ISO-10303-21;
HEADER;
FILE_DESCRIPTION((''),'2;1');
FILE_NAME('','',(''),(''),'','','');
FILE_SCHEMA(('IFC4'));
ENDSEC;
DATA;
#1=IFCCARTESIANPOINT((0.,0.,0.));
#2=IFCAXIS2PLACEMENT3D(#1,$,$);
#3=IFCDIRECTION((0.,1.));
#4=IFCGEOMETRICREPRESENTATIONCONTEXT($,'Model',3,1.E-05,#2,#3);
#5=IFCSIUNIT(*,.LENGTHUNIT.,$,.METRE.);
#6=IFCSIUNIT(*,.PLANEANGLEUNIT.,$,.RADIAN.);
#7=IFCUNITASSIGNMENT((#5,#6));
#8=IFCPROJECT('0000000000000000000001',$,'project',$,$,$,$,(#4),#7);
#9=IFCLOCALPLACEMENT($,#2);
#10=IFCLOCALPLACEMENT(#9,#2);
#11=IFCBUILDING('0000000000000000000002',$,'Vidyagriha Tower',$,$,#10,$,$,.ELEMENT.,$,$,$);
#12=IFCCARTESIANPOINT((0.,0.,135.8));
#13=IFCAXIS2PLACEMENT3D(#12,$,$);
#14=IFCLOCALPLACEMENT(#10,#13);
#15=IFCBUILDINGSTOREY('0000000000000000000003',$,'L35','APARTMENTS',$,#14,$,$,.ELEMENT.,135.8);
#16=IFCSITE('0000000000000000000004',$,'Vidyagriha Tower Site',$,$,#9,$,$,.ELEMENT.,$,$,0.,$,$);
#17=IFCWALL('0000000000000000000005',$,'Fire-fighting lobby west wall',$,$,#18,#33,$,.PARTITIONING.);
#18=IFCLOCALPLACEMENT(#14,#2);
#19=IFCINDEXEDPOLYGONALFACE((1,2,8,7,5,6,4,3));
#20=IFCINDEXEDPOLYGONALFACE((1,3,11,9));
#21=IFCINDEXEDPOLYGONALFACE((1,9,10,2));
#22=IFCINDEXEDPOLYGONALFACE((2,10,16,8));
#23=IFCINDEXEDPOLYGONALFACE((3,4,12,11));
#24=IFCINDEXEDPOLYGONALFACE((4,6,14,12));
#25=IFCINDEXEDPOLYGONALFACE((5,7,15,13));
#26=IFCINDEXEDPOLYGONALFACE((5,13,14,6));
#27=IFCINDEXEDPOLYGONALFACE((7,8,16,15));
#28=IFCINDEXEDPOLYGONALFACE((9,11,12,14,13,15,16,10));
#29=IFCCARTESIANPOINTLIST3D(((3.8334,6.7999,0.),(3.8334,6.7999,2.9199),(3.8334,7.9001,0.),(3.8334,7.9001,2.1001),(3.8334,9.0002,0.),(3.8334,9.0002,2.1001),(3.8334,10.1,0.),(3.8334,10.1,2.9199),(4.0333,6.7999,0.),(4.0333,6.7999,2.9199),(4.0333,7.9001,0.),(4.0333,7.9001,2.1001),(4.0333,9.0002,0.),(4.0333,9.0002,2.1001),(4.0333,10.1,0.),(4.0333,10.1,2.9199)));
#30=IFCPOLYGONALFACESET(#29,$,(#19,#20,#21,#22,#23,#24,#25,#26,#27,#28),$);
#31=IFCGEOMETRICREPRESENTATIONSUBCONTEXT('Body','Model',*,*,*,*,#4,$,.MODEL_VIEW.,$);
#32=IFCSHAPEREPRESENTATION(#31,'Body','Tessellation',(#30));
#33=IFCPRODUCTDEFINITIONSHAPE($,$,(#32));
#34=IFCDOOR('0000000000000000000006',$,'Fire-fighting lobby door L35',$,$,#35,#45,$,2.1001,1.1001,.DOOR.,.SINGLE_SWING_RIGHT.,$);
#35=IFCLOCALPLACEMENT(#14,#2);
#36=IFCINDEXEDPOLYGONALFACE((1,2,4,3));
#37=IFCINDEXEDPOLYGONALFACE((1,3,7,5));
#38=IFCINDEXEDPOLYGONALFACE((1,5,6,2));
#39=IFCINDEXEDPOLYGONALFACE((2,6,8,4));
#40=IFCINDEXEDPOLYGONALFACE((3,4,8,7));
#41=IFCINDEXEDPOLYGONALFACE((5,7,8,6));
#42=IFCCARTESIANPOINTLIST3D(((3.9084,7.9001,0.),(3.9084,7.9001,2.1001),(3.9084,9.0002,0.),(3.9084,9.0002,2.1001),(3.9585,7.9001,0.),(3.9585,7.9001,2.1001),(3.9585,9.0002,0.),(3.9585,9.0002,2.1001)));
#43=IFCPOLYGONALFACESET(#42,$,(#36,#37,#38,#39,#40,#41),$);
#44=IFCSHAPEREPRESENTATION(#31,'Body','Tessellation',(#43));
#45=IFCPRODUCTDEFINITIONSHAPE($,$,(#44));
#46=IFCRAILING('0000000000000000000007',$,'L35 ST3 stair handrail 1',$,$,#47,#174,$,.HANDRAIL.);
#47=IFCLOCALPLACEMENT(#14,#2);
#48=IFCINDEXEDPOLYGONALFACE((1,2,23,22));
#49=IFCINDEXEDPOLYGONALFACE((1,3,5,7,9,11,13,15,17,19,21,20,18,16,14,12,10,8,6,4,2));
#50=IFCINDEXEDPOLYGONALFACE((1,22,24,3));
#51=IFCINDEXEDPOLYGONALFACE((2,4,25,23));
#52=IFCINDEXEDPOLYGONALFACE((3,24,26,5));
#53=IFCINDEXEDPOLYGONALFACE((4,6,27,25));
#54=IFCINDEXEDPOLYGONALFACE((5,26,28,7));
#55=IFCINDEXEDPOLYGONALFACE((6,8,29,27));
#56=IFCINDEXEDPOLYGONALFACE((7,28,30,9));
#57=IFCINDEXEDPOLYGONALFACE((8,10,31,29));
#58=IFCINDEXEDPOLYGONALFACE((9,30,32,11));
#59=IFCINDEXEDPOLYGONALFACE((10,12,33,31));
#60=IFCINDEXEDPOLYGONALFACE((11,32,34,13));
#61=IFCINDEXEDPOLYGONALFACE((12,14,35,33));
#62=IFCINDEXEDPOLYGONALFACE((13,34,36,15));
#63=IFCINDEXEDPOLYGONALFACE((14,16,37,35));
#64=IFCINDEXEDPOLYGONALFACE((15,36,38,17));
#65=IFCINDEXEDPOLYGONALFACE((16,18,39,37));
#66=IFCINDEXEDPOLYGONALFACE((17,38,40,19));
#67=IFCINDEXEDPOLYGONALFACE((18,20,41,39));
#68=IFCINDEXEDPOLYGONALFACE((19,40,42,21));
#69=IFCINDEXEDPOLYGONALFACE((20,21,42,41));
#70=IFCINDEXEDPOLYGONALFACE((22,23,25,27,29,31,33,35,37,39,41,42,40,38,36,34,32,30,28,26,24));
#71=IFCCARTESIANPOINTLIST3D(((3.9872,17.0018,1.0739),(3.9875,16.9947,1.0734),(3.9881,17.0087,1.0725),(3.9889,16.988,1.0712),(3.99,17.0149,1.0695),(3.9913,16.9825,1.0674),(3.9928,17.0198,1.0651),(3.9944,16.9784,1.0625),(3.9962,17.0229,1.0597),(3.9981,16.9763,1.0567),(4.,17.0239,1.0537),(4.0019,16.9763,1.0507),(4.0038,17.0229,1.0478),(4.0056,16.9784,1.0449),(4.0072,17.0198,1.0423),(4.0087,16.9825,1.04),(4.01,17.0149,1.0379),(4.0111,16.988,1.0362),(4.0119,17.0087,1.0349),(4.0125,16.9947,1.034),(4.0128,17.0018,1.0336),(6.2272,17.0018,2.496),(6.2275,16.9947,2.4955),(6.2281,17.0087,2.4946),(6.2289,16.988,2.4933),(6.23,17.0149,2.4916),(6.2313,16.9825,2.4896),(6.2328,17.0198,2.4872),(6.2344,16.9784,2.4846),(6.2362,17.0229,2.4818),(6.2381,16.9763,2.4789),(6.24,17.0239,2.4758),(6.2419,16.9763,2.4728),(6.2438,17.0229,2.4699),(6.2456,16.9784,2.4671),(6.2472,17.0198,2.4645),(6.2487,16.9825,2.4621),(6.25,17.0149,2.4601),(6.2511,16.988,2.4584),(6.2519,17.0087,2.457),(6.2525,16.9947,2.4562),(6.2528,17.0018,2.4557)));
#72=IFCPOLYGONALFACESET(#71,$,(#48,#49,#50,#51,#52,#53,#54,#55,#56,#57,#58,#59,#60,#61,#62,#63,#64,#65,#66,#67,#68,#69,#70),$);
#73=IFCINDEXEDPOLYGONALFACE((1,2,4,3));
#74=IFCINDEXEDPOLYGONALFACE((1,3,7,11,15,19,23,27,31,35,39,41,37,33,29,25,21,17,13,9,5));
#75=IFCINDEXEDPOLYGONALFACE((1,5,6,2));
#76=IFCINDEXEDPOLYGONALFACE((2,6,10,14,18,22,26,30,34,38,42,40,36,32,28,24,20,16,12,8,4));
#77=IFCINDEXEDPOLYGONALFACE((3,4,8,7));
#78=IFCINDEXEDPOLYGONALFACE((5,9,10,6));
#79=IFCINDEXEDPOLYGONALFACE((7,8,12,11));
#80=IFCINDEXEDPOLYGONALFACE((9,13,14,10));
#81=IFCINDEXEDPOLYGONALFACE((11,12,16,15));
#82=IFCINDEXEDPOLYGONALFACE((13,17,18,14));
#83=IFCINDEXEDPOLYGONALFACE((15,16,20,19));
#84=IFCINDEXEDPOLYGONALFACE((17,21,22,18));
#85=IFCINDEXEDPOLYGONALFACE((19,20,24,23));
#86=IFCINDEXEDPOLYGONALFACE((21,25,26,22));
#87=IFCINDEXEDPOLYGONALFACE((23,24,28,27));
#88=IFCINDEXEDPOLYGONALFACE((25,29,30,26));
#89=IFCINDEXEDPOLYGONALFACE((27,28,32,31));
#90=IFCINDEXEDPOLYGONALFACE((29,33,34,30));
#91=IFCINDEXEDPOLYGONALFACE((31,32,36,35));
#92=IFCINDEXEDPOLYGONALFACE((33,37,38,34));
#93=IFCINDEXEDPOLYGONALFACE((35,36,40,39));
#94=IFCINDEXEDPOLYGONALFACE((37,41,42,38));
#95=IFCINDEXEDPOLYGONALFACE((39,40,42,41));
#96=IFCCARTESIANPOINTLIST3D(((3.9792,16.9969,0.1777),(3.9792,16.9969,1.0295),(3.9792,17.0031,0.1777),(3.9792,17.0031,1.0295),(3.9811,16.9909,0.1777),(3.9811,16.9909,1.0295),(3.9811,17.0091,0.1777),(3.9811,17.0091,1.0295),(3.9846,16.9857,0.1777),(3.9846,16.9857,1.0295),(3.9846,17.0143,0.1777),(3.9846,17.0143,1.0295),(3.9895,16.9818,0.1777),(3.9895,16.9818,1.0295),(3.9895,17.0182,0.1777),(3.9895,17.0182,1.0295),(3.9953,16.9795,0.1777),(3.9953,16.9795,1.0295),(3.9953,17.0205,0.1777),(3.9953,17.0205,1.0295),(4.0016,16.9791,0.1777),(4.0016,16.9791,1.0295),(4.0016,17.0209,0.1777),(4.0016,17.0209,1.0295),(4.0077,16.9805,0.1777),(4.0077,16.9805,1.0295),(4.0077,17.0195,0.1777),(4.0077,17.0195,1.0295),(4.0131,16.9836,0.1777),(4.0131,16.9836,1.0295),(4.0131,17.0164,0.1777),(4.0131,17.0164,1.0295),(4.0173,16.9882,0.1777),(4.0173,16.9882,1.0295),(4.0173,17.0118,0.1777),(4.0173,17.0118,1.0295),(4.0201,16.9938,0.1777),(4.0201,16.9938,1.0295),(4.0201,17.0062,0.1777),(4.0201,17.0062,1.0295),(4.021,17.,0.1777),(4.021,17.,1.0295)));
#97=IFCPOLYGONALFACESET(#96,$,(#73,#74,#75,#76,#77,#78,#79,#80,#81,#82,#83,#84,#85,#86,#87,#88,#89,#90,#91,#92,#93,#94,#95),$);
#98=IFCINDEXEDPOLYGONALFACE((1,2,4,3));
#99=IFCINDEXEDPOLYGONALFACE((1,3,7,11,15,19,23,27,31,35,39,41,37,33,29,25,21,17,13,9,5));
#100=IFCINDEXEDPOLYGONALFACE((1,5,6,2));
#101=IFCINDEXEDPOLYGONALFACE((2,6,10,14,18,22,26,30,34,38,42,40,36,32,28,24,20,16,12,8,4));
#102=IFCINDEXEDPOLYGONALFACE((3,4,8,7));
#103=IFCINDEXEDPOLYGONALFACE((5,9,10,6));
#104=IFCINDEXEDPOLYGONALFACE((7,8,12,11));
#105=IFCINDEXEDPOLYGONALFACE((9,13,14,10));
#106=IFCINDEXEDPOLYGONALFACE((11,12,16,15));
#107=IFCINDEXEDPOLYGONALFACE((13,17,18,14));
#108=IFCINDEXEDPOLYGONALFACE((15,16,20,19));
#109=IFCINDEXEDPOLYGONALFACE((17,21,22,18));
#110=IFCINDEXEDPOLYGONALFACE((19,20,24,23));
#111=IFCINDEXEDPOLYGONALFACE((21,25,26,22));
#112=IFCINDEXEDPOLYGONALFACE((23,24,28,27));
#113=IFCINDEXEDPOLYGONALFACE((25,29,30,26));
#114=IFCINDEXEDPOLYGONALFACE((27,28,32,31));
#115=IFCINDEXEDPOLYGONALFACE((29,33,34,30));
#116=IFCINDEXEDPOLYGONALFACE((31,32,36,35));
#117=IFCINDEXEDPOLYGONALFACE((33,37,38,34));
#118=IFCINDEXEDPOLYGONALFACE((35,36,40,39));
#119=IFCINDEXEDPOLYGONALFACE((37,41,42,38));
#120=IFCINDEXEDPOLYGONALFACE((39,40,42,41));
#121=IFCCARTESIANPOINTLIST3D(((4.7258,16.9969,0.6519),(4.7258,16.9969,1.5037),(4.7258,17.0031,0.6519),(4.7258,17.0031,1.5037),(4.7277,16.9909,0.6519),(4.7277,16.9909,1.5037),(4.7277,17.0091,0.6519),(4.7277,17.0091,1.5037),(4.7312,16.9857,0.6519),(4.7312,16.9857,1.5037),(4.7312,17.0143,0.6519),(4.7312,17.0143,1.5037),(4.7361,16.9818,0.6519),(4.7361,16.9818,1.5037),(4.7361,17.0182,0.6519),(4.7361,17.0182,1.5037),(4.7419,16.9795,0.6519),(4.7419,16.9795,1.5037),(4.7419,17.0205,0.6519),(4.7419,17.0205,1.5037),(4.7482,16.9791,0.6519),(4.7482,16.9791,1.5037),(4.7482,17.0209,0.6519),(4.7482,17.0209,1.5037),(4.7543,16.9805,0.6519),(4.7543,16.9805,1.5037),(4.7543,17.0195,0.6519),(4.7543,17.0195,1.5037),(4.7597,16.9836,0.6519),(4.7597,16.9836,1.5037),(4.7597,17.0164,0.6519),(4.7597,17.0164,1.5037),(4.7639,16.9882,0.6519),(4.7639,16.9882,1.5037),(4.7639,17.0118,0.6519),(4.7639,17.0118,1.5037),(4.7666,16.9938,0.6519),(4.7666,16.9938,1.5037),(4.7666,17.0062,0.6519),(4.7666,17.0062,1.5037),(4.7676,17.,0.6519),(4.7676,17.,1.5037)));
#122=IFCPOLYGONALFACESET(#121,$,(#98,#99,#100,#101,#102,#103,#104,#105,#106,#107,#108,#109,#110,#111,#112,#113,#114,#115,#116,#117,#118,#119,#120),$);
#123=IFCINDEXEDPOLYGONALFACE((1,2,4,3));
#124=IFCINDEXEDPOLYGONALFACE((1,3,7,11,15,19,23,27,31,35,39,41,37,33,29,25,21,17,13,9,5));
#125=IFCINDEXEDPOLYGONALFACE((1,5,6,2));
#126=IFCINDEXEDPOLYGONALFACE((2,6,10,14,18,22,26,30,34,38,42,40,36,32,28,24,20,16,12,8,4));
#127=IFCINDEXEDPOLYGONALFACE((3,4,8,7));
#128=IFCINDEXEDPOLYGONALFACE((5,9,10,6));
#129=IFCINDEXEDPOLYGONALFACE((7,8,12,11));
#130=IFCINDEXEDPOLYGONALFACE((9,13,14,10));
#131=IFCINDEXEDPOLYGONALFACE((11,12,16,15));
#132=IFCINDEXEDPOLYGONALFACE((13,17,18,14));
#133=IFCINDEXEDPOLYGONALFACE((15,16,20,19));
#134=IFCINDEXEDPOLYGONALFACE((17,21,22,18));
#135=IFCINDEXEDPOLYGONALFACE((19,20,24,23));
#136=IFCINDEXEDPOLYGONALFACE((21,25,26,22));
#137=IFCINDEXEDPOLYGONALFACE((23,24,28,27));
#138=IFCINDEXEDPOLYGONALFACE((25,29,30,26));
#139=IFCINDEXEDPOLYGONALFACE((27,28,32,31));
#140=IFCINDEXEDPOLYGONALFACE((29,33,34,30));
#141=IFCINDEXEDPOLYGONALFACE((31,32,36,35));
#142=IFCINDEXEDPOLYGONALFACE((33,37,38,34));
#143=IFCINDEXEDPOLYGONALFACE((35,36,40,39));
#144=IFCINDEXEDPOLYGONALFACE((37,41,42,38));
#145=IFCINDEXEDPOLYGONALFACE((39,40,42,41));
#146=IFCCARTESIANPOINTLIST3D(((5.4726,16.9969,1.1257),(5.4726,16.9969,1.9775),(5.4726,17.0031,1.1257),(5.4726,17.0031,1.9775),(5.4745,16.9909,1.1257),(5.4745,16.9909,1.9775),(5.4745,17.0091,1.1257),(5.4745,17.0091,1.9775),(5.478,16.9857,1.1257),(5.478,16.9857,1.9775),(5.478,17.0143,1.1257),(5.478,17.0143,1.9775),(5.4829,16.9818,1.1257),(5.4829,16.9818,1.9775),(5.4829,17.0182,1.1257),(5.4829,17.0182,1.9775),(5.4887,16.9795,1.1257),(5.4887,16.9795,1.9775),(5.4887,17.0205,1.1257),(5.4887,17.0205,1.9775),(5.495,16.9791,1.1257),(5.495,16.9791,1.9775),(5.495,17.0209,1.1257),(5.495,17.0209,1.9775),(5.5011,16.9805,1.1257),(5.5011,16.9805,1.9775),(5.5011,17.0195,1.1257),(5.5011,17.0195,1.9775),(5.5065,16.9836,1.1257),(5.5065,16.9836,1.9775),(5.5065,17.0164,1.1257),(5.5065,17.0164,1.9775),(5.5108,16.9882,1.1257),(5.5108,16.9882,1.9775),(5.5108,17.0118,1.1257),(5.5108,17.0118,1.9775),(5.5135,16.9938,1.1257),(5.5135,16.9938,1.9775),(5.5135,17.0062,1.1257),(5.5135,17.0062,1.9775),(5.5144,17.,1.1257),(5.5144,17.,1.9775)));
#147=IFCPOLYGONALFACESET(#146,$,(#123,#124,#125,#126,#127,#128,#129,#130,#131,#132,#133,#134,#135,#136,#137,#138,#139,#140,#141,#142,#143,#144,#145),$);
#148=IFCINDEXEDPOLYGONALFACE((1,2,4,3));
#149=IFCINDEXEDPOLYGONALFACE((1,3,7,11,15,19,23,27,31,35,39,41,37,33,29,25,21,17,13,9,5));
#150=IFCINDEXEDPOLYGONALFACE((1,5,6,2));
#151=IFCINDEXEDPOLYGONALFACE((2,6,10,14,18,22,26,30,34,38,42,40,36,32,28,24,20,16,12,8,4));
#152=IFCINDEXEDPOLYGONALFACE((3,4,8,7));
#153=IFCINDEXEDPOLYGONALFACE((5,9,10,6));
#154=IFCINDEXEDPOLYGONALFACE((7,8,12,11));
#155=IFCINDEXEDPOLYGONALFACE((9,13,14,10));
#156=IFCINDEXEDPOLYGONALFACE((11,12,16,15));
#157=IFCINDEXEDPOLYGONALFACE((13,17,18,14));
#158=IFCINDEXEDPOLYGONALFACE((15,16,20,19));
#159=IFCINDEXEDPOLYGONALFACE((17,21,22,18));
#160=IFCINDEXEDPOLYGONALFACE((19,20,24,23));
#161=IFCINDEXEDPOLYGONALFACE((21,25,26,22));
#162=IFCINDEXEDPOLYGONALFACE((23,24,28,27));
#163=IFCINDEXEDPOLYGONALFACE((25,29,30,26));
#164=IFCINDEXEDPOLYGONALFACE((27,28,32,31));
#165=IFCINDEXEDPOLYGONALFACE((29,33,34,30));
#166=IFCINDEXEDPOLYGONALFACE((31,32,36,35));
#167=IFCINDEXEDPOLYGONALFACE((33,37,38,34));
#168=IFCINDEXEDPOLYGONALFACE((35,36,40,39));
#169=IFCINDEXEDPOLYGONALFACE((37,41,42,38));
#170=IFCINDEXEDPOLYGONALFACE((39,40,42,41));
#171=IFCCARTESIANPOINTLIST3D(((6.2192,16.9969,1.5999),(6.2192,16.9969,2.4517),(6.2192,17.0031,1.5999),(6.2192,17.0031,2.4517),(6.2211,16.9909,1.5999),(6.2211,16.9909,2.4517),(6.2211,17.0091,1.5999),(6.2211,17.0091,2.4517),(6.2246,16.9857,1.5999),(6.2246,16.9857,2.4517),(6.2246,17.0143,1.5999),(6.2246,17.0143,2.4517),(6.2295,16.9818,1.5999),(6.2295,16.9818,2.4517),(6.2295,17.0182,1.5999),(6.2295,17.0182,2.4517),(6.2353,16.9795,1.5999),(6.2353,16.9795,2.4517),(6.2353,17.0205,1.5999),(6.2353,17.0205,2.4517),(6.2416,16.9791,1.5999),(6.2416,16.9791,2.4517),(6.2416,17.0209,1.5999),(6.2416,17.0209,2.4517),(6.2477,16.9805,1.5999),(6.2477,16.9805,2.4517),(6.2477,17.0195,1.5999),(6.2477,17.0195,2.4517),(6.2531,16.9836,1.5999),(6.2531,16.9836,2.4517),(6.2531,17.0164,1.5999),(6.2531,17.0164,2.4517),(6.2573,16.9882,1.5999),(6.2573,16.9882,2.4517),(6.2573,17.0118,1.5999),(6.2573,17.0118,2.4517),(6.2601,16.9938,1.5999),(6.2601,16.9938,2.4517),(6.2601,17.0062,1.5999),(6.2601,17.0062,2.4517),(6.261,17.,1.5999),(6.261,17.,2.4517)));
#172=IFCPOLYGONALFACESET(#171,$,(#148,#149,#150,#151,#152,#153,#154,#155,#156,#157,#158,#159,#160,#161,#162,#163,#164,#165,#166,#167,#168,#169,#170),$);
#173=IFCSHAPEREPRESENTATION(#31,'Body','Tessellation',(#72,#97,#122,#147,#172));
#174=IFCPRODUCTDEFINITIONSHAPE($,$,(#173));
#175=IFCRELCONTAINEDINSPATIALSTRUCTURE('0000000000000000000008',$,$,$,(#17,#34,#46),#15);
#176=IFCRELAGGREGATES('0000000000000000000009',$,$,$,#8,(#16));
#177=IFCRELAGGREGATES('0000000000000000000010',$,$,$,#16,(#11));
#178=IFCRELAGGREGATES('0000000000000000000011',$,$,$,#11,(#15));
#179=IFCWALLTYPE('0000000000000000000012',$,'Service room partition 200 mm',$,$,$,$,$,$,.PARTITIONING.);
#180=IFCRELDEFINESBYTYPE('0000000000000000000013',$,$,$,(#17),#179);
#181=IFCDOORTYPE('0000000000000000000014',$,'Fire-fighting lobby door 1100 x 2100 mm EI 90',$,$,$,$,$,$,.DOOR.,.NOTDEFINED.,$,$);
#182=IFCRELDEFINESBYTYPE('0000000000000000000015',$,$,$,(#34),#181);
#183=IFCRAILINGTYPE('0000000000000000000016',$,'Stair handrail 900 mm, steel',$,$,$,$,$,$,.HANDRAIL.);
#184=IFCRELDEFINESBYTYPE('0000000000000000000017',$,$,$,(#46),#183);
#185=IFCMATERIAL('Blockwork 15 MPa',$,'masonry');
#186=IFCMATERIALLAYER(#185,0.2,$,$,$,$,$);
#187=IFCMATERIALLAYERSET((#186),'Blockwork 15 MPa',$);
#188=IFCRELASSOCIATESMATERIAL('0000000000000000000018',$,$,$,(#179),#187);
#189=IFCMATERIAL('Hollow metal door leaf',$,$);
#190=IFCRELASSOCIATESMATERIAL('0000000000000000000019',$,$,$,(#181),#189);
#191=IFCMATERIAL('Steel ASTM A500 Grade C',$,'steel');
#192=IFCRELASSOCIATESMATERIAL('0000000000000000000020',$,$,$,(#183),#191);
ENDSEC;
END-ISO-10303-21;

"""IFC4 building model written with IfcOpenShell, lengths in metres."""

from ifc_helpers import new_model, si_unit, direction, frame, frame_2d, origin, origin_2d, place, context, subcontext, project, spatial, rectangle, circle, extrude, material, layer, layer_set, type_object, element, fill, save


model = new_model("IFC4")

# Units and contexts
model_context = context("Model", 3, precision=1e-05, world=origin(), true_north=direction((0.0, 1.0)))
body_context = subcontext(model_context, "Body", "Model", "MODEL_VIEW")
ifc_project = project(units=[si_unit("LENGTHUNIT", "METRE"), si_unit("PLANEANGLEUNIT", "RADIAN")], contexts=[model_context])

# Site, building, storey
site_placement = place(None, origin())
site = spatial("IfcSite", under=ifc_project, at=site_placement, Name="Vidyagriha Tower Site", CompositionType="ELEMENT", RefElevation=0.0)
building_placement = place(site_placement, origin())
building = spatial("IfcBuilding", under=site, at=building_placement, Name="Vidyagriha Tower", CompositionType="ELEMENT")
storey_placement = place(building_placement, frame((0.0, 0.0, 135.8)))
storey = spatial("IfcBuildingStorey", under=building, at=storey_placement, Name="L35", Description="APARTMENTS", CompositionType="ELEMENT", Elevation=135.8)

# Wall, opening, door
ifc_material_1 = material(Name="Blockwork 15 MPa", Category="masonry")
ifc_layer_1 = layer(ifc_material_1, 0.2)
ifc_layer_set_1 = layer_set([ifc_layer_1], Name="Blockwork 15 MPa")
wall_type_1 = type_object("IfcWallType", Name="Service room partition 200 mm", PredefinedType="PARTITIONING", material=ifc_layer_set_1)
wall_1_placement = place(storey_placement, frame((3.9333, 6.8, 0.0), z_axis=(0.0, 0.0, 1.0), x_axis=(0.0, 1.0, 0.0)))
wall_1 = element("IfcWall", 1, at=wall_1_placement, inside=storey, type_object=wall_type_1, Name="Fire-fighting lobby west wall", PredefinedType="PARTITIONING", context=body_context, shape_type="SweptSolid", body=[
    extrude(rectangle(XDim=3.3, YDim=0.2, at=frame_2d((1.6499, 0.0))), origin(), (0.0, 0.0, 1.0), 2.9199),
])
opening_1_placement = place(wall_1_placement, frame((1.1001, 0.0, 0.0)))
opening_1 = element("IfcOpeningElement", 2, at=opening_1_placement, cuts=wall_1, PredefinedType="OPENING", context=body_context, shape_type="SweptSolid", body=[
    extrude(rectangle(XDim=1.1001, YDim=2.1001, at=frame_2d((0.55, 1.05))), frame((0.0, 0.1099, 0.0), z_axis=(0.0, -1.0, 0.0), x_axis=(1.0, 0.0, 0.0)), (0.0, 0.0, 1.0), 0.22),
])
ifc_material_2 = material(Name="Hollow metal door leaf")
door_type_1 = type_object("IfcDoorType", Name="Fire-fighting lobby door 1100 x 2100 mm EI 90", OperationType="NOTDEFINED", PredefinedType="DOOR", material=ifc_material_2)
door_1_placement = place(opening_1_placement, origin())
door_1 = element("IfcDoor", 3, at=door_1_placement, inside=storey, type_object=door_type_1, Name="Fire-fighting lobby door L35", OperationType="SINGLE_SWING_RIGHT", OverallHeight=2.1001, OverallWidth=1.1001, PredefinedType="DOOR", context=body_context, shape_type="SweptSolid", body=[
    extrude(rectangle(XDim=1.1001, YDim=2.1001, at=frame_2d((0.55, 1.05))), frame((0.0, 0.0249, 0.0), z_axis=(0.0, -1.0, 0.0), x_axis=(1.0, 0.0, 0.0)), (0.0, 0.0, 1.0), 0.05),
])
fill(opening_1, door_1)

# Railing
ifc_material_3 = material(Name="Steel ASTM A500 Grade C", Category="steel")
railing_type = type_object("IfcRailingType", Name="Stair handrail 900 mm, steel", PredefinedType="HANDRAIL", material=ifc_material_3)
railing_placement = place(storey_placement, frame((4.0, 17.0, 0.1777)))
element("IfcRailing", 4, at=railing_placement, inside=storey, type_object=railing_type, Name="L35 ST3 stair handrail 1", PredefinedType="HANDRAIL", context=body_context, shape_type="SweptSolid", body=[
    extrude(circle(Radius=0.0239, at=origin_2d()), frame((0.0, 0.0, 0.876), z_axis=(0.844229, 0.0, 0.535982), x_axis=(0.0, 1.0, 0.0)), (0.0, 0.0, 1.0), 2.6533),
    extrude(circle(Radius=0.021, at=origin_2d()), origin(), (0.0, 0.0, 1.0), 0.8518),
    extrude(circle(Radius=0.021, at=origin_2d()), frame((0.7466, 0.0, 0.4741)), (0.0, 0.0, 1.0), 0.8518),
    extrude(circle(Radius=0.021, at=origin_2d()), frame((1.4934, 0.0, 0.948)), (0.0, 0.0, 1.0), 0.8518),
    extrude(circle(Radius=0.021, at=origin_2d()), frame((2.24, 0.0, 1.4221)), (0.0, 0.0, 1.0), 0.8518),
])

save(model, "model.ifc")
